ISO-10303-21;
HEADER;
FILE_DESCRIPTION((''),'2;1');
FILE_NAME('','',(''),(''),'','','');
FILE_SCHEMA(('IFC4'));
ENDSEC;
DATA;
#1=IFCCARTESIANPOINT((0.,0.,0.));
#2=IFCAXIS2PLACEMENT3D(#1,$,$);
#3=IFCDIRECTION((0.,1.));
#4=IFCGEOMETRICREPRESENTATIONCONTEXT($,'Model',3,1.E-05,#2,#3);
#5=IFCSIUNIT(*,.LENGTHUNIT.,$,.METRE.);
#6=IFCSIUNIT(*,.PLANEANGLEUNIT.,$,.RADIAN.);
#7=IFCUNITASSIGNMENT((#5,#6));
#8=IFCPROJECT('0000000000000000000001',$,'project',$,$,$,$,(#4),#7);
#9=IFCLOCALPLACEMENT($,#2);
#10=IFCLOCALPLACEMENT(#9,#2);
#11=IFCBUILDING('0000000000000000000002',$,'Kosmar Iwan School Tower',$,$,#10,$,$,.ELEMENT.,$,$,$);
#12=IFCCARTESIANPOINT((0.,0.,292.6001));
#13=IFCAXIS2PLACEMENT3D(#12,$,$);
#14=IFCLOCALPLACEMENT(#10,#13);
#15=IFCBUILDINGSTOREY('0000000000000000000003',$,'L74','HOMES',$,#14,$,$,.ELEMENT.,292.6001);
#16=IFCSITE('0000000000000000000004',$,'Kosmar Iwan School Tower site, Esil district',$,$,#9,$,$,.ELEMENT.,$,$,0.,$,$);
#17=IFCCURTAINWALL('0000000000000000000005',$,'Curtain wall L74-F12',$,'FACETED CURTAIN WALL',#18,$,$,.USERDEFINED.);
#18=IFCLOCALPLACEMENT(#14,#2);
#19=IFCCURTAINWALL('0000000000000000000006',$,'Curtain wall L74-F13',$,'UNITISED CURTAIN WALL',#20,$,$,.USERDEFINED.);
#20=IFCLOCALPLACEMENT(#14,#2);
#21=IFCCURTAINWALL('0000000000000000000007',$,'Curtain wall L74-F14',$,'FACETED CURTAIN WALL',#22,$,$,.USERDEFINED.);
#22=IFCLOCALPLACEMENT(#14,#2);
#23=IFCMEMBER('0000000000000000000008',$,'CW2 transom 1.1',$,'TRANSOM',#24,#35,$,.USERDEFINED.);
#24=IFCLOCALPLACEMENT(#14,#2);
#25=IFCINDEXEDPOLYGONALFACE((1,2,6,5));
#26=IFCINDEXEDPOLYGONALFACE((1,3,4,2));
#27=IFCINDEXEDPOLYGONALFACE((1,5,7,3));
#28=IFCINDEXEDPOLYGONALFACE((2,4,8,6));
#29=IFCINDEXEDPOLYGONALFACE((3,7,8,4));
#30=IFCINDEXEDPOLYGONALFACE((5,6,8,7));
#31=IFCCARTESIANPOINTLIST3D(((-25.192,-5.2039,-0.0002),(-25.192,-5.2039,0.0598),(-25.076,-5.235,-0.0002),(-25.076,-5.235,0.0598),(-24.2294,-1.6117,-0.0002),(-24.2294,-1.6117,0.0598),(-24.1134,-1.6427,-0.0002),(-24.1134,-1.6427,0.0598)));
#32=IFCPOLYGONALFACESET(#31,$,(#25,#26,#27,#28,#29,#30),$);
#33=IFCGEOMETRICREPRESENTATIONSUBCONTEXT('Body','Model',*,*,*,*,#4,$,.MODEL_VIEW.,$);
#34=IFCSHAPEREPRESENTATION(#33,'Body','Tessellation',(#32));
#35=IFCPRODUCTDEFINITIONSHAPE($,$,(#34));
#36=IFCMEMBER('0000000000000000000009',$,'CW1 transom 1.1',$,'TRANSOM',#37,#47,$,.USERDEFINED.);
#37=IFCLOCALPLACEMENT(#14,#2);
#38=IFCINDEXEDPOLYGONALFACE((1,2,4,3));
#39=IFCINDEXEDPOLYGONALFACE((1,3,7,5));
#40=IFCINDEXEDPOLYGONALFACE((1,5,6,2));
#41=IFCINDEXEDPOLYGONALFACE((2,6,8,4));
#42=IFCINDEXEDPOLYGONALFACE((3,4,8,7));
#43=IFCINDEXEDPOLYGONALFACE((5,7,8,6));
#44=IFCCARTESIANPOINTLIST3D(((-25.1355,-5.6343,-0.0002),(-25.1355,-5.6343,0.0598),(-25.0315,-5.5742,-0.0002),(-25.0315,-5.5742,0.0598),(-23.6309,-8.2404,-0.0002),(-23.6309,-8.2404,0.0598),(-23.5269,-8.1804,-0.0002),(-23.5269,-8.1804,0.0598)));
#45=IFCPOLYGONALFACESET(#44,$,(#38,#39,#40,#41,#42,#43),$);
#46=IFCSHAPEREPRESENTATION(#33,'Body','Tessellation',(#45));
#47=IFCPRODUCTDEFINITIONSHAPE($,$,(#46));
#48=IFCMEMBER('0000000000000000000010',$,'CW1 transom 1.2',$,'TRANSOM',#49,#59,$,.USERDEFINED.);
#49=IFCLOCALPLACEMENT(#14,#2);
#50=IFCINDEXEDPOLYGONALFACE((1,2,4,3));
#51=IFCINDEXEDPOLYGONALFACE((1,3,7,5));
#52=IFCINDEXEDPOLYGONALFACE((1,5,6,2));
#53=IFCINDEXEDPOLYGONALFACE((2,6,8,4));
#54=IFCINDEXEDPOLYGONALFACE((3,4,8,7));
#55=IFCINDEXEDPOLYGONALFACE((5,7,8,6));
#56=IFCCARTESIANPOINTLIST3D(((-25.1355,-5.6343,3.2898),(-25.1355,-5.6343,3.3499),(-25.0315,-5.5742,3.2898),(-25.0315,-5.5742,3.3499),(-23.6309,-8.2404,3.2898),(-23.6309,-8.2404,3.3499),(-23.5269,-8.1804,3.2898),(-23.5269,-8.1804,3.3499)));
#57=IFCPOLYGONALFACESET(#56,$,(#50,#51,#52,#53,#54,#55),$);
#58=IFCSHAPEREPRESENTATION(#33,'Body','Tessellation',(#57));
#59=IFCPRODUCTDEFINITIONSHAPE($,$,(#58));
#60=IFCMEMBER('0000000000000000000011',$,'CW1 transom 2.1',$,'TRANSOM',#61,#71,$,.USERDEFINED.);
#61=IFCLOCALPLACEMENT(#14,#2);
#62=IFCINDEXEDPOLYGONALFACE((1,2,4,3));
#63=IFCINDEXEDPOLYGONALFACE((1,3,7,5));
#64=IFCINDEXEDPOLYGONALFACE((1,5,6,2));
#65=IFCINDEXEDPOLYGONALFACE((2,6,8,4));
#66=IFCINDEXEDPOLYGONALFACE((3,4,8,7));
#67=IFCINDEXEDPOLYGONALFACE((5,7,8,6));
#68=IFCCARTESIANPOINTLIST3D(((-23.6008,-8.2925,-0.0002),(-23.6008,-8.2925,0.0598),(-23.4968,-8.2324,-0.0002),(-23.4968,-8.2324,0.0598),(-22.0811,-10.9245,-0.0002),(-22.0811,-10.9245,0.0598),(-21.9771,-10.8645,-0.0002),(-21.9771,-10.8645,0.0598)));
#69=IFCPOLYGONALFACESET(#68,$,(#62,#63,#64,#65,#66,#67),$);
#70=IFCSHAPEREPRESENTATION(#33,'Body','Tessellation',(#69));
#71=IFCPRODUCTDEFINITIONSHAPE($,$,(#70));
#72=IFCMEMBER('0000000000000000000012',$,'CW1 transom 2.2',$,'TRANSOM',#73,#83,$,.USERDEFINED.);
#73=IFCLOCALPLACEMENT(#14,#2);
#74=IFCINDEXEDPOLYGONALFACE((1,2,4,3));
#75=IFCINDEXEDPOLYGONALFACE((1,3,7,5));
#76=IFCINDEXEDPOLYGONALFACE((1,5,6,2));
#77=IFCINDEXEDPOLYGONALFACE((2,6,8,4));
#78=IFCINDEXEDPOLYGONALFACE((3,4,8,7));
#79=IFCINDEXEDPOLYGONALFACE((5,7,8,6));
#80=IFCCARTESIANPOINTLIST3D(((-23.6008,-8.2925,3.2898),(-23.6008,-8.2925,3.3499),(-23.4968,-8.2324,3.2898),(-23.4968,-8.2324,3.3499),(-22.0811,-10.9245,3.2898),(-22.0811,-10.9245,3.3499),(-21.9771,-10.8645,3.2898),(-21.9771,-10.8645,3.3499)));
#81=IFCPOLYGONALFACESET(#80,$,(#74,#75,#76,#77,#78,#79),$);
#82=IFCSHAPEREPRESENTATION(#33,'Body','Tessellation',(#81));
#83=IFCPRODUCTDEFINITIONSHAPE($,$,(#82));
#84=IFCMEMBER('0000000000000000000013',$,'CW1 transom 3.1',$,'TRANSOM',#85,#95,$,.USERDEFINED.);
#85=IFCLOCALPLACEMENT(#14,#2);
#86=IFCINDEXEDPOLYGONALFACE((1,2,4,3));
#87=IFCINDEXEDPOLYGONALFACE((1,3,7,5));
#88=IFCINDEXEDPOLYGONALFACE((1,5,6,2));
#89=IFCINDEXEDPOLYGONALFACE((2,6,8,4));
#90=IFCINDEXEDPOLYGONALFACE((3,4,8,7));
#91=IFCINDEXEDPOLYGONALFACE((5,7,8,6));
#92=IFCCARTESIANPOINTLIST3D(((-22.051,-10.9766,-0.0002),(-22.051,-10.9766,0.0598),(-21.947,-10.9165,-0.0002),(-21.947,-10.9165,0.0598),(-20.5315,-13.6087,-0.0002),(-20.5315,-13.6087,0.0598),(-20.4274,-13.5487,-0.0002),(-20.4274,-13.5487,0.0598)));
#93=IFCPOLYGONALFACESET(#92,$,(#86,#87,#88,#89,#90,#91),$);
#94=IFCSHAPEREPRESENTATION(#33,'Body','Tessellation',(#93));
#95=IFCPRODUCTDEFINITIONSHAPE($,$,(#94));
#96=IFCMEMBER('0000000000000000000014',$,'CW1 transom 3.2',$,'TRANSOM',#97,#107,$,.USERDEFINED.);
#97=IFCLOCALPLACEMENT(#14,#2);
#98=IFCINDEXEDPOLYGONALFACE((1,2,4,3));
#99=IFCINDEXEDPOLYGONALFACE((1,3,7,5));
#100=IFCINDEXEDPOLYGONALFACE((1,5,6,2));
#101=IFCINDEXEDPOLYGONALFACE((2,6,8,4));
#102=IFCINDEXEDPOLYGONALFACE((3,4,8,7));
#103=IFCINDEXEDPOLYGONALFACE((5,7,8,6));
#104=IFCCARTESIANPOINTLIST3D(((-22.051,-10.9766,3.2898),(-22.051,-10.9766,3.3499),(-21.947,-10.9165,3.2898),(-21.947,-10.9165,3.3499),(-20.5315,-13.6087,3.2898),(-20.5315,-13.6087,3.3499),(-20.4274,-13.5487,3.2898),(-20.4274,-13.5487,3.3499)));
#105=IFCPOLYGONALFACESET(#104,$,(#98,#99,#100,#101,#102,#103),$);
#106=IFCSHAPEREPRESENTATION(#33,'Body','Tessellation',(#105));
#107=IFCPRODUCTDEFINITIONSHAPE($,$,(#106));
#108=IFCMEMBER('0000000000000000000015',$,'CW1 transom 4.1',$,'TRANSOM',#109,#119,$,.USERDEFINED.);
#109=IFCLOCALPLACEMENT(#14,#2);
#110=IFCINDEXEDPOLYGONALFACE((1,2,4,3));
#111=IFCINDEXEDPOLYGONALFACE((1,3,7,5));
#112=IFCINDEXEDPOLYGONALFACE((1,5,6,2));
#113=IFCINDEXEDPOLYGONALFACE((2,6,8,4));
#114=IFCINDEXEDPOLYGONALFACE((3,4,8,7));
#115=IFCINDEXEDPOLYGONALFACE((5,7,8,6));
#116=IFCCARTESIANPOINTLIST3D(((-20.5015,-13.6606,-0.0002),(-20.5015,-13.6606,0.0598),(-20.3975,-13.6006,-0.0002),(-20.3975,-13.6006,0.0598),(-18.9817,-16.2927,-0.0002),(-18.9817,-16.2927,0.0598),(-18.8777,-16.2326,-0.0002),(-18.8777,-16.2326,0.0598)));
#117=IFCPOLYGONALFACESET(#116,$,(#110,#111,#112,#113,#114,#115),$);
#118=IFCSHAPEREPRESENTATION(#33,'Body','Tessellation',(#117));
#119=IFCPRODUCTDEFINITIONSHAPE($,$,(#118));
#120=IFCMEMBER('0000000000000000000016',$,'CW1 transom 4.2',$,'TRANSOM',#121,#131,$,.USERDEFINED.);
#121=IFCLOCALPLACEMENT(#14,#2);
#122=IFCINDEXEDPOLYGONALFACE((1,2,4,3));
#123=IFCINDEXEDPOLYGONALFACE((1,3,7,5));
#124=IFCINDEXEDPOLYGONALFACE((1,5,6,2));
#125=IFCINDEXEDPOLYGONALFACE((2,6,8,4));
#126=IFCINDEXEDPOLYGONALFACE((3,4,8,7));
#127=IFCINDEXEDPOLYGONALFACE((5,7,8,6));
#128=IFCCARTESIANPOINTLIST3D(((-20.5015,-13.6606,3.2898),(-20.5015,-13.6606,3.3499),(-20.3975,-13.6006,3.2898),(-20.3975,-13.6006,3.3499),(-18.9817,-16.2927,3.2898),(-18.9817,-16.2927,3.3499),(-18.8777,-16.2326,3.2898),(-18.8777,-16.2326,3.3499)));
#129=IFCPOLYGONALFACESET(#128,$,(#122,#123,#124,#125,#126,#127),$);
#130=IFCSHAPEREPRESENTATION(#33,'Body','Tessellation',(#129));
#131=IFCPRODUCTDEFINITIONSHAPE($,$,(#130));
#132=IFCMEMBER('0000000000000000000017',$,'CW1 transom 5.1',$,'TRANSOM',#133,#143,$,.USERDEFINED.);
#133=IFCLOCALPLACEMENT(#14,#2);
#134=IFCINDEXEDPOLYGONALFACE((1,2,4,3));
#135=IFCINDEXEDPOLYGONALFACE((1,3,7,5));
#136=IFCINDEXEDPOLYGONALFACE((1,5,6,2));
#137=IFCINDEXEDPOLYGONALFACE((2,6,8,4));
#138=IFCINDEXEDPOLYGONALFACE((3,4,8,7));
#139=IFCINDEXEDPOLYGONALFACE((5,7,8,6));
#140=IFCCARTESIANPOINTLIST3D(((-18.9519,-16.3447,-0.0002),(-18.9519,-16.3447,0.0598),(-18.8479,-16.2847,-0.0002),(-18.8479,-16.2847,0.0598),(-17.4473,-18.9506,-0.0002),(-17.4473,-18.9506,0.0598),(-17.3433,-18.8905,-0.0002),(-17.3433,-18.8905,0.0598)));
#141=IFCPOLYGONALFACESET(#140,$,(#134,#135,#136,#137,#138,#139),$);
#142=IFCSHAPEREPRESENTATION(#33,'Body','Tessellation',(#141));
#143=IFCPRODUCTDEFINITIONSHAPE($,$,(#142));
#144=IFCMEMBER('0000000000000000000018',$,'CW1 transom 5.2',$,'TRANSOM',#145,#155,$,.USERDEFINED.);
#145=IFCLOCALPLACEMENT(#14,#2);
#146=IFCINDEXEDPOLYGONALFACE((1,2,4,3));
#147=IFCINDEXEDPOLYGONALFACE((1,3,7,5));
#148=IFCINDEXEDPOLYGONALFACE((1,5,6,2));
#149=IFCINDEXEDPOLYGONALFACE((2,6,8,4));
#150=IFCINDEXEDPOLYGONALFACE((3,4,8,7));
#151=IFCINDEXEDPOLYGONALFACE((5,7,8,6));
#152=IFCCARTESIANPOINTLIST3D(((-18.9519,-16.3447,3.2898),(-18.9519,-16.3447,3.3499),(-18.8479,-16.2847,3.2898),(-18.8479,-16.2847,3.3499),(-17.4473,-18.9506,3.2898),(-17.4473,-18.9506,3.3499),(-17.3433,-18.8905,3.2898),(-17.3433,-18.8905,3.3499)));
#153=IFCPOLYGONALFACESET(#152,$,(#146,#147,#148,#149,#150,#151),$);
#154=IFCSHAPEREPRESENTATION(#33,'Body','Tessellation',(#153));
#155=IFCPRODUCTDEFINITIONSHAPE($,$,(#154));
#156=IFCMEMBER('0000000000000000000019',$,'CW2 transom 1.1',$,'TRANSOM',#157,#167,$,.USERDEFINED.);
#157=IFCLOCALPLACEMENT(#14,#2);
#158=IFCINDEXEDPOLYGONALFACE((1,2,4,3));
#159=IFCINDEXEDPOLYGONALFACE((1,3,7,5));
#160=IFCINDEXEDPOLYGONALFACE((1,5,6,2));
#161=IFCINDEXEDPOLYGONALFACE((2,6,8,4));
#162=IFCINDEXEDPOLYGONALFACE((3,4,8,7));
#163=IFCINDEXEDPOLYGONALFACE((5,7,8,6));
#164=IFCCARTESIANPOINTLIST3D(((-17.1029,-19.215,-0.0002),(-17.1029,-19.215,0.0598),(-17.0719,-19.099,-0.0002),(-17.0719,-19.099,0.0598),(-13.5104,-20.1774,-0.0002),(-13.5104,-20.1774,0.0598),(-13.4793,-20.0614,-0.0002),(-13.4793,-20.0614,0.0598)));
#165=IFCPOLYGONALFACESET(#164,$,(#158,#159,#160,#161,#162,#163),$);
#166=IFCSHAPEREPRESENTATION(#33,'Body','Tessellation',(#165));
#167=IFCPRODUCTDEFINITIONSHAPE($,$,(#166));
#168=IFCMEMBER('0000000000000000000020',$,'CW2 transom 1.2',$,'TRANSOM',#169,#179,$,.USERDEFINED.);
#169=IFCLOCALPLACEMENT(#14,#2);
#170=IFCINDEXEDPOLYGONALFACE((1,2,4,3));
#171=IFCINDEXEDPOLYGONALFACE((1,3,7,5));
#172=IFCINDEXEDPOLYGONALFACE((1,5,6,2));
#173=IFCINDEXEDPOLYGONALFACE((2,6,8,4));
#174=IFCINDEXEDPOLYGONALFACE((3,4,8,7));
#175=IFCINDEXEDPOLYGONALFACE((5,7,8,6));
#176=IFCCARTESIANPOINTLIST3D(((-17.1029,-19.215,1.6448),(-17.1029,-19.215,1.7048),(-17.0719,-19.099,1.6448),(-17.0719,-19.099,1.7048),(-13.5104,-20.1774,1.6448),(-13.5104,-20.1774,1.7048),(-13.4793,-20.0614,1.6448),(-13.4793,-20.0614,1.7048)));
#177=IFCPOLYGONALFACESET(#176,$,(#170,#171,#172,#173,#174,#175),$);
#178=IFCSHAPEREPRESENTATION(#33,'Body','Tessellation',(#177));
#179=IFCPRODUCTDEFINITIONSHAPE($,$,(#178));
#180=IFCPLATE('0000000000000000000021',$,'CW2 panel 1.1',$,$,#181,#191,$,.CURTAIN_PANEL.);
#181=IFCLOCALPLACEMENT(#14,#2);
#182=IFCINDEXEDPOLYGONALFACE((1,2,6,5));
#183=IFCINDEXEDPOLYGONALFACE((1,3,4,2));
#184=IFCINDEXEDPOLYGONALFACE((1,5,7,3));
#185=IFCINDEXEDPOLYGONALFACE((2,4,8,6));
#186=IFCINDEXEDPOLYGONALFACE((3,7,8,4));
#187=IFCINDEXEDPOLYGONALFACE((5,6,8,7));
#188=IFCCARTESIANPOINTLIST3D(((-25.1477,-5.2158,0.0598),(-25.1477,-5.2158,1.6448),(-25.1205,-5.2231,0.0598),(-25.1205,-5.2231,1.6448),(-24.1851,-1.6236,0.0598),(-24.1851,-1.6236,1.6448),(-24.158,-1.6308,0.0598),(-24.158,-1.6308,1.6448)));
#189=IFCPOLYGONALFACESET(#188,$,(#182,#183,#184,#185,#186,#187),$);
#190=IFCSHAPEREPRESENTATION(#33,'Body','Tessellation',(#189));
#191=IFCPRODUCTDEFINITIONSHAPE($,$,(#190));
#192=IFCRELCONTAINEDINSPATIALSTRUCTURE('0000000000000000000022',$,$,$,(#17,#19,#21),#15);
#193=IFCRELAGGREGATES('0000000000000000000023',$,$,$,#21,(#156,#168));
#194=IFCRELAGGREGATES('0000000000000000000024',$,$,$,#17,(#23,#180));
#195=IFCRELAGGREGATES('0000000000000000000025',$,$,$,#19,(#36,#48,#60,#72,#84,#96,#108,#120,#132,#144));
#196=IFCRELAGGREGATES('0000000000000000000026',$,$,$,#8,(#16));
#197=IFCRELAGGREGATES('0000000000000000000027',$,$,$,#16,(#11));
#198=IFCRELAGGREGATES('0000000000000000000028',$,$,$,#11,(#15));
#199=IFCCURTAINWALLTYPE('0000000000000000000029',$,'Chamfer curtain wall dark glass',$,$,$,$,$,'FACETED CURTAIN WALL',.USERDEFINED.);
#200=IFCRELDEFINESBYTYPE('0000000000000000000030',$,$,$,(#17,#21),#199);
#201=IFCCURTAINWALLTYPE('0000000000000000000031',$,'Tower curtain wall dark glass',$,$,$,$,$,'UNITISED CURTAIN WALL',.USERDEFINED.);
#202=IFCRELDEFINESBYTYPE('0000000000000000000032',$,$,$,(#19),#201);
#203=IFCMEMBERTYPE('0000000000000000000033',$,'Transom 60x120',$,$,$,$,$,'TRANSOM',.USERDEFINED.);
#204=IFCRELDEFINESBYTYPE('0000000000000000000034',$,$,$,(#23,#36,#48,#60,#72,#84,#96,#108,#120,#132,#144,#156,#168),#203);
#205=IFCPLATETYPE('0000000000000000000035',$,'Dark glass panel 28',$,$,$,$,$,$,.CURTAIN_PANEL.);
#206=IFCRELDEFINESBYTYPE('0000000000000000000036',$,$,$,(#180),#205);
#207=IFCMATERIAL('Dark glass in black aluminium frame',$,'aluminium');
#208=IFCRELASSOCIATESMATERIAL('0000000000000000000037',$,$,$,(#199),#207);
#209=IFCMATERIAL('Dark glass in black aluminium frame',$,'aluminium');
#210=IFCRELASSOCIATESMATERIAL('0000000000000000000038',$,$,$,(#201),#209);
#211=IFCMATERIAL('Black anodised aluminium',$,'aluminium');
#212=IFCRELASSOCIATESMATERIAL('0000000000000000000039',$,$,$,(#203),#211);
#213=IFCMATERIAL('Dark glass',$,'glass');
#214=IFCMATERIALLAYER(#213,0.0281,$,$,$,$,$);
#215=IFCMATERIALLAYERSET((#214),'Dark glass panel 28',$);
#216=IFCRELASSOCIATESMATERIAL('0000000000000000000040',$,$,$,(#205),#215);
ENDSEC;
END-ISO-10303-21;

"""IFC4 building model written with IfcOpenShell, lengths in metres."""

from ifc_helpers import new_model, si_unit, direction, frame, origin, origin_2d, place, context, subcontext, project, spatial, rectangle, extrude, material, layer, layer_set, material_profile, profile_set, type_object, element, aggregate, save


model = new_model("IFC4")

# Units and contexts
model_context = context("Model", 3, precision=1e-05, world=origin(), true_north=direction((0.0, 1.0)))
body_context = subcontext(model_context, "Body", "Model", "MODEL_VIEW")
ifc_project = project(units=[si_unit("LENGTHUNIT", "METRE"), si_unit("PLANEANGLEUNIT", "RADIAN")], contexts=[model_context])

# Site, building, storey
site_placement = place(None, origin())
site = spatial("IfcSite", under=ifc_project, at=site_placement, Name="Kosmar Iwan School Tower site, Esil district", CompositionType="ELEMENT", RefElevation=0.0)
building_placement = place(site_placement, origin())
building = spatial("IfcBuilding", under=site, at=building_placement, Name="Kosmar Iwan School Tower", CompositionType="ELEMENT")
storey_placement = place(building_placement, frame((0.0, 0.0, 292.6001)))
storey = spatial("IfcBuildingStorey", under=building, at=storey_placement, Name="L74", Description="HOMES", CompositionType="ELEMENT", Elevation=292.6001)

# Curtain wall
ifc_material_1 = material(Name="Dark glass in black aluminium frame", Category="aluminium")
curtain_wall_type_1 = type_object("IfcCurtainWallType", Name="Chamfer curtain wall dark glass", ElementType="FACETED CURTAIN WALL", PredefinedType="USERDEFINED", material=ifc_material_1)
curtain_wall_1_placement = place(storey_placement, origin())
curtain_wall_1 = element("IfcCurtainWall", 1, at=curtain_wall_1_placement, inside=storey, type_object=curtain_wall_type_1, Name="Curtain wall L74-F12", ObjectType="FACETED CURTAIN WALL", PredefinedType="USERDEFINED")

# Curtain wall
ifc_material_2 = material(Name="Dark glass in black aluminium frame", Category="aluminium")
curtain_wall_type_2 = type_object("IfcCurtainWallType", Name="Tower curtain wall dark glass", ElementType="UNITISED CURTAIN WALL", PredefinedType="USERDEFINED", material=ifc_material_2)
curtain_wall_2_placement = place(storey_placement, origin())
curtain_wall_2 = element("IfcCurtainWall", 2, at=curtain_wall_2_placement, inside=storey, type_object=curtain_wall_type_2, Name="Curtain wall L74-F13", ObjectType="UNITISED CURTAIN WALL", PredefinedType="USERDEFINED")

# Curtain wall
curtain_wall_3_placement = place(storey_placement, origin())
curtain_wall_3 = element("IfcCurtainWall", 3, at=curtain_wall_3_placement, inside=storey, type_object=curtain_wall_type_1, Name="Curtain wall L74-F14", ObjectType="FACETED CURTAIN WALL", PredefinedType="USERDEFINED")

# Members
ifc_material_3 = material(Name="Black anodised aluminium", Category="aluminium")
ifc_material_profile_1 = material_profile(ifc_material_3, rectangle(XDim=0.1201, YDim=0.0601, at=origin_2d()), Name="TRANSOM 60x120")
ifc_profile_set_1 = profile_set([ifc_material_profile_1], Name="Black anodised aluminium")
member_type_1 = type_object("IfcMemberType", Name="Transom 60x120", ElementType="TRANSOM", PredefinedType="USERDEFINED", material=ifc_profile_set_1)
member_1_placement = place(storey_placement, frame((-24.1714, -1.6272, 0.0298), z_axis=(-0.258843, -0.965919, 0.0), x_axis=(0.965919, -0.258843, 0.0)))
member_1 = element("IfcMember", 4, at=member_1_placement, type_object=member_type_1, Name="CW2 transom 1.1", ObjectType="TRANSOM", PredefinedType="USERDEFINED", context=body_context, shape_type="SweptSolid", body=[
    extrude(rectangle(XDim=0.1201, YDim=0.0601, at=origin_2d()), origin(), (0.0, 0.0, 1.0), 3.719),
])
member_2_placement = place(storey_placement, frame((-25.0835, -5.6042, 0.0298), z_axis=(0.499987, -0.866033, 0.0), x_axis=(0.866033, 0.499987, 0.0)))
member_2 = element("IfcMember", 5, at=member_2_placement, type_object=member_type_1, Name="CW1 transom 1.1", ObjectType="TRANSOM", PredefinedType="USERDEFINED", context=body_context, shape_type="SweptSolid", body=[
    extrude(rectangle(XDim=0.1201, YDim=0.0601, at=origin_2d()), origin(), (0.0, 0.0, 1.0), 3.0093),
])
member_3_placement = place(storey_placement, frame((-25.0835, -5.6042, 3.3198), z_axis=(0.499987, -0.866033, 0.0), x_axis=(0.866033, 0.499987, 0.0)))
member_3 = element("IfcMember", 6, at=member_3_placement, type_object=member_type_1, Name="CW1 transom 1.2", ObjectType="TRANSOM", PredefinedType="USERDEFINED", context=body_context, shape_type="SweptSolid", body=[
    extrude(rectangle(XDim=0.1201, YDim=0.0601, at=origin_2d()), origin(), (0.0, 0.0, 1.0), 3.0093),
])
member_4_placement = place(storey_placement, frame((-23.5488, -8.2625, 0.0298), z_axis=(0.500035, -0.866005, 0.0), x_axis=(0.866005, 0.500035, 0.0)))
member_4 = element("IfcMember", 7, at=member_4_placement, type_object=member_type_1, Name="CW1 transom 2.1", ObjectType="TRANSOM", PredefinedType="USERDEFINED", context=body_context, shape_type="SweptSolid", body=[
    extrude(rectangle(XDim=0.1201, YDim=0.0601, at=origin_2d()), origin(), (0.0, 0.0, 1.0), 3.0393),
])
member_5_placement = place(storey_placement, frame((-23.5488, -8.2625, 3.3198), z_axis=(0.500035, -0.866005, 0.0), x_axis=(0.866005, 0.500035, 0.0)))
member_5 = element("IfcMember", 8, at=member_5_placement, type_object=member_type_1, Name="CW1 transom 2.2", ObjectType="TRANSOM", PredefinedType="USERDEFINED", context=body_context, shape_type="SweptSolid", body=[
    extrude(rectangle(XDim=0.1201, YDim=0.0601, at=origin_2d()), origin(), (0.0, 0.0, 1.0), 3.0393),
])
member_6_placement = place(storey_placement, frame((-21.999, -10.9465, 0.0298), z_axis=(0.499975, -0.86604, 0.0), x_axis=(0.86604, 0.499975, 0.0)))
member_6 = element("IfcMember", 9, at=member_6_placement, type_object=member_type_1, Name="CW1 transom 3.1", ObjectType="TRANSOM", PredefinedType="USERDEFINED", context=body_context, shape_type="SweptSolid", body=[
    extrude(rectangle(XDim=0.1201, YDim=0.0601, at=origin_2d()), origin(), (0.0, 0.0, 1.0), 3.0393),
])
member_7_placement = place(storey_placement, frame((-21.999, -10.9465, 3.3198), z_axis=(0.499975, -0.86604, 0.0), x_axis=(0.86604, 0.499975, 0.0)))
member_7 = element("IfcMember", 10, at=member_7_placement, type_object=member_type_1, Name="CW1 transom 3.2", ObjectType="TRANSOM", PredefinedType="USERDEFINED", context=body_context, shape_type="SweptSolid", body=[
    extrude(rectangle(XDim=0.1201, YDim=0.0601, at=origin_2d()), origin(), (0.0, 0.0, 1.0), 3.0393),
])
member_8_placement = place(storey_placement, frame((-20.4495, -13.6306, 0.0298), z_axis=(0.500035, -0.866005, 0.0), x_axis=(0.866005, 0.500035, 0.0)))
member_8 = element("IfcMember", 11, at=member_8_placement, type_object=member_type_1, Name="CW1 transom 4.1", ObjectType="TRANSOM", PredefinedType="USERDEFINED", context=body_context, shape_type="SweptSolid", body=[
    extrude(rectangle(XDim=0.1201, YDim=0.0601, at=origin_2d()), origin(), (0.0, 0.0, 1.0), 3.0393),
])
member_9_placement = place(storey_placement, frame((-20.4495, -13.6306, 3.3198), z_axis=(0.500035, -0.866005, 0.0), x_axis=(0.866005, 0.500035, 0.0)))
member_9 = element("IfcMember", 12, at=member_9_placement, type_object=member_type_1, Name="CW1 transom 4.2", ObjectType="TRANSOM", PredefinedType="USERDEFINED", context=body_context, shape_type="SweptSolid", body=[
    extrude(rectangle(XDim=0.1201, YDim=0.0601, at=origin_2d()), origin(), (0.0, 0.0, 1.0), 3.0393),
])
member_10_placement = place(storey_placement, frame((-18.8999, -16.3147, 0.0298), z_axis=(0.500022, -0.866013, 0.0), x_axis=(0.866013, 0.500022, 0.0)))
member_10 = element("IfcMember", 13, at=member_10_placement, type_object=member_type_1, Name="CW1 transom 5.1", ObjectType="TRANSOM", PredefinedType="USERDEFINED", context=body_context, shape_type="SweptSolid", body=[
    extrude(rectangle(XDim=0.1201, YDim=0.0601, at=origin_2d()), origin(), (0.0, 0.0, 1.0), 3.009),
])
member_11_placement = place(storey_placement, frame((-18.8999, -16.3147, 3.3198), z_axis=(0.500022, -0.866013, 0.0), x_axis=(0.866013, 0.500022, 0.0)))
member_11 = element("IfcMember", 14, at=member_11_placement, type_object=member_type_1, Name="CW1 transom 5.2", ObjectType="TRANSOM", PredefinedType="USERDEFINED", context=body_context, shape_type="SweptSolid", body=[
    extrude(rectangle(XDim=0.1201, YDim=0.0601, at=origin_2d()), origin(), (0.0, 0.0, 1.0), 3.009),
])
member_12_placement = place(storey_placement, frame((-17.0874, -19.157, 0.0298), z_axis=(0.96594, -0.258766, 0.0), x_axis=(0.258766, 0.96594, 0.0)))
member_12 = element("IfcMember", 15, at=member_12_placement, type_object=member_type_1, Name="CW2 transom 1.1", ObjectType="TRANSOM", PredefinedType="USERDEFINED", context=body_context, shape_type="SweptSolid", body=[
    extrude(rectangle(XDim=0.1201, YDim=0.0601, at=origin_2d()), origin(), (0.0, 0.0, 1.0), 3.7192),
])
member_13_placement = place(storey_placement, frame((-17.0874, -19.157, 1.6748), z_axis=(0.96594, -0.258766, 0.0), x_axis=(0.258766, 0.96594, 0.0)))
member_13 = element("IfcMember", 16, at=member_13_placement, type_object=member_type_1, Name="CW2 transom 1.2", ObjectType="TRANSOM", PredefinedType="USERDEFINED", context=body_context, shape_type="SweptSolid", body=[
    extrude(rectangle(XDim=0.1201, YDim=0.0601, at=origin_2d()), origin(), (0.0, 0.0, 1.0), 3.7192),
])
aggregate(curtain_wall_3, [member_12, member_13])

# Plate
ifc_material_4 = material(Name="Dark glass", Category="glass")
ifc_layer_1 = layer(ifc_material_4, 0.0281)
ifc_layer_set_1 = layer_set([ifc_layer_1], Name="Dark glass panel 28")
plate_type = type_object("IfcPlateType", Name="Dark glass panel 28", PredefinedType="CURTAIN_PANEL", material=ifc_layer_set_1)
plate_1_placement = place(storey_placement, frame((-24.6528, -3.4233, 0.0598), z_axis=(0.0, 0.0, 1.0), x_axis=(-0.258819, -0.965926, 0.0)))
plate_1 = element("IfcPlate", 17, at=plate_1_placement, type_object=plate_type, Name="CW2 panel 1.1", PredefinedType="CURTAIN_PANEL", context=body_context, shape_type="SweptSolid", body=[
    extrude(rectangle(XDim=3.719, YDim=0.0281, at=origin_2d()), origin(), (0.0, 0.0, 1.0), 1.585),
])
aggregate(curtain_wall_1, [member_1, plate_1])
aggregate(curtain_wall_2, [member_2, member_3, member_4, member_5, member_6, member_7, member_8, member_9, member_10, member_11])

save(model, "model.ifc")
